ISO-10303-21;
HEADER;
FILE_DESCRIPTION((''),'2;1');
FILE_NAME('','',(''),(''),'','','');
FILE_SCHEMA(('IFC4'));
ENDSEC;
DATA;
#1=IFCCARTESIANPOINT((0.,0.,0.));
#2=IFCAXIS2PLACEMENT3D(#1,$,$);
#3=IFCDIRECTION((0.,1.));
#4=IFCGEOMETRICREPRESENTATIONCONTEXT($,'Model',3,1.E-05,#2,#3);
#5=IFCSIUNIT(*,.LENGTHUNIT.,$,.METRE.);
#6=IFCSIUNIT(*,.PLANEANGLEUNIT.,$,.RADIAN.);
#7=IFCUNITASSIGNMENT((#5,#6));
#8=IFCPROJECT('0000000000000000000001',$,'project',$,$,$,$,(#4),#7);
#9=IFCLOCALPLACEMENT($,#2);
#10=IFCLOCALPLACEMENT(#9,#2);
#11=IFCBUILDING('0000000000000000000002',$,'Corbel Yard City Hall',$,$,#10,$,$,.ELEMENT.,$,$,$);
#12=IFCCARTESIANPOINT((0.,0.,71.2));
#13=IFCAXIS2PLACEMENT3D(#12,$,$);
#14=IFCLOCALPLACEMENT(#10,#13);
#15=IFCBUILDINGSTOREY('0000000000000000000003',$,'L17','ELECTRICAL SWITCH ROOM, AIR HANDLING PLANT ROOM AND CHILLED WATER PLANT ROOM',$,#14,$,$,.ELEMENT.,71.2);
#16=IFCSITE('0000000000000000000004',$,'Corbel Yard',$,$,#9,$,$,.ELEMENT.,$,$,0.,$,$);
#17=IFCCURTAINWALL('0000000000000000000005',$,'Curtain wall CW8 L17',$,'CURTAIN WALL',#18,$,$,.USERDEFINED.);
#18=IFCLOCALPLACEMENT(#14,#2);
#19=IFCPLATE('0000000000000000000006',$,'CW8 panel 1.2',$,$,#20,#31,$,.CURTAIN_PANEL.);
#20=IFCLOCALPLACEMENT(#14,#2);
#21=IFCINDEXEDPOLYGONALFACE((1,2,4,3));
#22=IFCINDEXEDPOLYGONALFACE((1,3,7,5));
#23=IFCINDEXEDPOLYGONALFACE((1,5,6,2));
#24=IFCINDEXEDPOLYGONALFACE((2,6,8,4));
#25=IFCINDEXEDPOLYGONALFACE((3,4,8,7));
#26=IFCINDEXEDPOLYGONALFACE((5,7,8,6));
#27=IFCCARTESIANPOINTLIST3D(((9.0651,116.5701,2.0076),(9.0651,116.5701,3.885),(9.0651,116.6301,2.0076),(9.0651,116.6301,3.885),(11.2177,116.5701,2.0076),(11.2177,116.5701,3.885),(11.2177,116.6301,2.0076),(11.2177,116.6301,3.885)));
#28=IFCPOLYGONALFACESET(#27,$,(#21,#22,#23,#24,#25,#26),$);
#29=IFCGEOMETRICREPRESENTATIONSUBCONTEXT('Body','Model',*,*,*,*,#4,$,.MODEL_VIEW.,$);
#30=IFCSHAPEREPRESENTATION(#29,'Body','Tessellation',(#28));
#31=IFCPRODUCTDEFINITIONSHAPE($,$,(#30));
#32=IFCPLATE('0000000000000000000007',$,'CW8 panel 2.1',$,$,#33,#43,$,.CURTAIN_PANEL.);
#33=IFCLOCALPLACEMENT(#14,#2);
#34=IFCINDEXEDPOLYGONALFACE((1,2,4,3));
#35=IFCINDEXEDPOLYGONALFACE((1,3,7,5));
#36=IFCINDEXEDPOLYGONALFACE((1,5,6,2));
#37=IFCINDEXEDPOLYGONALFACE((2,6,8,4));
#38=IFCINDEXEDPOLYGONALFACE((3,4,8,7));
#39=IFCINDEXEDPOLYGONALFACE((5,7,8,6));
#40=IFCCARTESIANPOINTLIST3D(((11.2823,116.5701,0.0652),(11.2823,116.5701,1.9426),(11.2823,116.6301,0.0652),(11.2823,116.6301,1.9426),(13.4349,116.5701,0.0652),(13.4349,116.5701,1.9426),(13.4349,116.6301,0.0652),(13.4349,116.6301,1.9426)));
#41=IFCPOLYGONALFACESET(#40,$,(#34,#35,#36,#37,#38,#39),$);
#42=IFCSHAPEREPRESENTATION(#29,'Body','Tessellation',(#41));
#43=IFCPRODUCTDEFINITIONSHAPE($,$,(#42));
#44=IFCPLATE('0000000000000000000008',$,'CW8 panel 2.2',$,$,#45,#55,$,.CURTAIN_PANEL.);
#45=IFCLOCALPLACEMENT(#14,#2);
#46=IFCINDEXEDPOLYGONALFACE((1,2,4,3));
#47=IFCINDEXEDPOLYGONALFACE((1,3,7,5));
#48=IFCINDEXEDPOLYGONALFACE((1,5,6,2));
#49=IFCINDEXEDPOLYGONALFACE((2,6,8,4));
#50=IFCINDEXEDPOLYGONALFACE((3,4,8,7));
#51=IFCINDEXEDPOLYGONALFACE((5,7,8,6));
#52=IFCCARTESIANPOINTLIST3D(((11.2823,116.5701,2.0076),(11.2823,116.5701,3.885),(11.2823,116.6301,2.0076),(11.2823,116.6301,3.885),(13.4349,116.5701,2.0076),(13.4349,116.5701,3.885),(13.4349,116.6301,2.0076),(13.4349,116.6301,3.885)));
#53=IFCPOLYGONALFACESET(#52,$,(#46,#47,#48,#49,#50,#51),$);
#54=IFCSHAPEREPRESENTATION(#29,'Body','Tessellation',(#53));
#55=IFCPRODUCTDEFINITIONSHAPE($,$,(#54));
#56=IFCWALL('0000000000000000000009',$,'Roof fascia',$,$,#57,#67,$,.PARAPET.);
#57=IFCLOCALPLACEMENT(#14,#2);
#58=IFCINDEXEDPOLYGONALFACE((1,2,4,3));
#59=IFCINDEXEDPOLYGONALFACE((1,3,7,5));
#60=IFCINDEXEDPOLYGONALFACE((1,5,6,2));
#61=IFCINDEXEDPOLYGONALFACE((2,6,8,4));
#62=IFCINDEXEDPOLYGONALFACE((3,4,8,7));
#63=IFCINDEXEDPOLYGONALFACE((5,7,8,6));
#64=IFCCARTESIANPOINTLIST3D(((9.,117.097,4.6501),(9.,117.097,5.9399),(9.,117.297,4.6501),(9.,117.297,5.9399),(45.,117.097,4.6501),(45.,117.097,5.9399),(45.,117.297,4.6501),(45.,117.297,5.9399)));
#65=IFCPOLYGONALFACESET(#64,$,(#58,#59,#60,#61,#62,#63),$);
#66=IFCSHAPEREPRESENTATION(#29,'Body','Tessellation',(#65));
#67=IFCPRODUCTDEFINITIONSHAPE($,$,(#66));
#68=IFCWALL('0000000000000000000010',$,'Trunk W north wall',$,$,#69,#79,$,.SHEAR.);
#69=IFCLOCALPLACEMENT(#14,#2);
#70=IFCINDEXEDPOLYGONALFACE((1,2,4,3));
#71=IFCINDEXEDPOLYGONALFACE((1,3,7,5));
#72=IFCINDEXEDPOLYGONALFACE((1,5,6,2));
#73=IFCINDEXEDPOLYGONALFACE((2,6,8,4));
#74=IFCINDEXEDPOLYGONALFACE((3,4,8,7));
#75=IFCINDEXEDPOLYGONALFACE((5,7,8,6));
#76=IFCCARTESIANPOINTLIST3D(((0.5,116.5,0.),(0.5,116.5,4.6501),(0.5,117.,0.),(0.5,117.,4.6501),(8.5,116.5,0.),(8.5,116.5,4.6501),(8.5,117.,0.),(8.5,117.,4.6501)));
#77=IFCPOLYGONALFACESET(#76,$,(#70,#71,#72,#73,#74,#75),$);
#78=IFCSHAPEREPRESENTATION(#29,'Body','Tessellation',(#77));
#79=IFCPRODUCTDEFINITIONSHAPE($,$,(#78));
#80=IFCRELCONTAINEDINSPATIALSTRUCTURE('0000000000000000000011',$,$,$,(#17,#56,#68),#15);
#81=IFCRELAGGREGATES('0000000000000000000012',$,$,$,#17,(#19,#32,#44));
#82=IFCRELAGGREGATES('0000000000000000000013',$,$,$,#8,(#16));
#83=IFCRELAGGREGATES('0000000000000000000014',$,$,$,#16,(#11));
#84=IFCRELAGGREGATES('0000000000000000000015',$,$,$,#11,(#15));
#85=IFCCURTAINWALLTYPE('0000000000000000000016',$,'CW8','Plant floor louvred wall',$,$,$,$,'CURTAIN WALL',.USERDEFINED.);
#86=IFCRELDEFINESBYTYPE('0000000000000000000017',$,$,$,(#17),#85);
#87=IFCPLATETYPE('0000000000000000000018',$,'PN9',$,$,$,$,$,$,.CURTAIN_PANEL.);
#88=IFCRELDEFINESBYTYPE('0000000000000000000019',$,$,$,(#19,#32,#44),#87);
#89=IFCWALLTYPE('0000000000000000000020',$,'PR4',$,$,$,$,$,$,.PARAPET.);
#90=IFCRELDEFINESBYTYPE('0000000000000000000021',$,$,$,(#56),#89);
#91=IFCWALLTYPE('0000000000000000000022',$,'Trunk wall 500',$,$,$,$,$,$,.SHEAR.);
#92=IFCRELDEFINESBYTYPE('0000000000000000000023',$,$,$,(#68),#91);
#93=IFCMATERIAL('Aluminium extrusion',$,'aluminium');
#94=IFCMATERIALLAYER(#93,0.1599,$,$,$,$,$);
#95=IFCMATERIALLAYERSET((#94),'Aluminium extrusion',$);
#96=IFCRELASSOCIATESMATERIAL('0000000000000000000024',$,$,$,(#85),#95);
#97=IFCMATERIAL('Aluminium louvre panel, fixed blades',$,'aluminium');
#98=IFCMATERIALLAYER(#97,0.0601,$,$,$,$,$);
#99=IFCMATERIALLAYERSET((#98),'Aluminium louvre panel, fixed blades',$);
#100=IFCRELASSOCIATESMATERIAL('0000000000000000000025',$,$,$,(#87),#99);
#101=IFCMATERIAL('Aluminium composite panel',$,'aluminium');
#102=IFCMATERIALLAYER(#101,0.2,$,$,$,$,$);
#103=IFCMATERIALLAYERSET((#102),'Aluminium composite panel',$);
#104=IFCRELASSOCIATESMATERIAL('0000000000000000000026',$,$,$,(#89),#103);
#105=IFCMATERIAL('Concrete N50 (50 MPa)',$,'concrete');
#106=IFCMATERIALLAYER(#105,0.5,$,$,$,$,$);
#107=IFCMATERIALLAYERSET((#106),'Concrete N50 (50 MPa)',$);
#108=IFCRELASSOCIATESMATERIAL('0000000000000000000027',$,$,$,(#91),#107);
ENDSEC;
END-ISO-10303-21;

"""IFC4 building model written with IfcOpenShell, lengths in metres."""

from ifc_helpers import new_model, si_unit, direction, frame, frame_2d, origin, origin_2d, place, context, subcontext, project, spatial, rectangle, extrude, material, layer, layer_set, type_object, element, aggregate, save


model = new_model("IFC4")

# Units and contexts
model_context = context("Model", 3, precision=1e-05, world=origin(), true_north=direction((0.0, 1.0)))
body_context = subcontext(model_context, "Body", "Model", "MODEL_VIEW")
ifc_project = project(units=[si_unit("LENGTHUNIT", "METRE"), si_unit("PLANEANGLEUNIT", "RADIAN")], contexts=[model_context])

# Site, building, storey
site_placement = place(None, origin())
site = spatial("IfcSite", under=ifc_project, at=site_placement, Name="Corbel Yard", CompositionType="ELEMENT", RefElevation=0.0)
building_placement = place(site_placement, origin())
building = spatial("IfcBuilding", under=site, at=building_placement, Name="Corbel Yard City Hall", CompositionType="ELEMENT")
storey_placement = place(building_placement, frame((0.0, 0.0, 71.2)))
storey = spatial("IfcBuildingStorey", under=building, at=storey_placement, Name="L17", Description="ELECTRICAL SWITCH ROOM, AIR HANDLING PLANT ROOM AND CHILLED WATER PLANT ROOM", CompositionType="ELEMENT", Elevation=71.2)

# Curtain wall
ifc_material_1 = material(Name="Aluminium extrusion", Category="aluminium")
ifc_layer_1 = layer(ifc_material_1, 0.1599)
ifc_layer_set_1 = layer_set([ifc_layer_1], Name="Aluminium extrusion")
curtain_wall_type = type_object("IfcCurtainWallType", Name="CW8", Description="Plant floor louvred wall", ElementType="CURTAIN WALL", PredefinedType="USERDEFINED", material=ifc_layer_set_1)
curtain_wall_1_placement = place(storey_placement, origin())
curtain_wall_1 = element("IfcCurtainWall", 1, at=curtain_wall_1_placement, inside=storey, type_object=curtain_wall_type, Name="Curtain wall CW8 L17", ObjectType="CURTAIN WALL", PredefinedType="USERDEFINED")

# Plates
ifc_material_2 = material(Name="Aluminium louvre panel, fixed blades", Category="aluminium")
ifc_layer_2 = layer(ifc_material_2, 0.0601)
ifc_layer_set_2 = layer_set([ifc_layer_2], Name="Aluminium louvre panel, fixed blades")
plate_type_1 = type_object("IfcPlateType", Name="PN9", PredefinedType="CURTAIN_PANEL", material=ifc_layer_set_2)
plate_1_placement = place(storey_placement, frame((10.1414, 116.6001, 2.0076), z_axis=(0.0, 0.0, 1.0), x_axis=(1.0, 0.0, 0.0)))
plate_1 = element("IfcPlate", 2, at=plate_1_placement, type_object=plate_type_1, Name="CW8 panel 1.2", PredefinedType="CURTAIN_PANEL", context=body_context, shape_type="SweptSolid", body=[
    extrude(rectangle(XDim=2.1526, YDim=0.0601, at=origin_2d()), origin(), (0.0, 0.0, 1.0), 1.8774),
])
plate_2_placement = place(storey_placement, frame((12.3586, 116.6001, 0.0652), z_axis=(0.0, 0.0, 1.0), x_axis=(1.0, 0.0, 0.0)))
plate_2 = element("IfcPlate", 3, at=plate_2_placement, type_object=plate_type_1, Name="CW8 panel 2.1", PredefinedType="CURTAIN_PANEL", context=body_context, shape_type="SweptSolid", body=[
    extrude(rectangle(XDim=2.1526, YDim=0.0601, at=origin_2d()), origin(), (0.0, 0.0, 1.0), 1.8774),
])
plate_3_placement = place(storey_placement, frame((12.3586, 116.6001, 2.0076), z_axis=(0.0, 0.0, 1.0), x_axis=(1.0, 0.0, 0.0)))
plate_3 = element("IfcPlate", 4, at=plate_3_placement, type_object=plate_type_1, Name="CW8 panel 2.2", PredefinedType="CURTAIN_PANEL", context=body_context, shape_type="SweptSolid", body=[
    extrude(rectangle(XDim=2.1526, YDim=0.0601, at=origin_2d()), origin(), (0.0, 0.0, 1.0), 1.8774),
])
aggregate(curtain_wall_1, [plate_1, plate_2, plate_3])

# Walls
ifc_material_3 = material(Name="Aluminium composite panel", Category="aluminium")
ifc_layer_3 = layer(ifc_material_3, 0.2)
ifc_layer_set_3 = layer_set([ifc_layer_3], Name="Aluminium composite panel")
wall_type_1 = type_object("IfcWallType", Name="PR4", PredefinedType="PARAPET", material=ifc_layer_set_3)
wall_1_placement = place(storey_placement, frame((9.0, 117.197, 4.6501), z_axis=(0.0, 0.0, 1.0), x_axis=(1.0, 0.0, 0.0)))
element("IfcWall", 5, at=wall_1_placement, inside=storey, type_object=wall_type_1, Name="Roof fascia", PredefinedType="PARAPET", context=body_context, shape_type="SweptSolid", body=[
    extrude(rectangle(XDim=36.0, YDim=0.2, at=frame_2d((18.0, 0.0))), origin(), (0.0, 0.0, 1.0), 1.2898),
])
ifc_material_4 = material(Name="Concrete N50 (50 MPa)", Category="concrete")
ifc_layer_4 = layer(ifc_material_4, 0.5)
ifc_layer_set_4 = layer_set([ifc_layer_4], Name="Concrete N50 (50 MPa)")
wall_type_2 = type_object("IfcWallType", Name="Trunk wall 500", PredefinedType="SHEAR", material=ifc_layer_set_4)
wall_2_placement = place(storey_placement, frame((0.5, 116.75, 0.0), z_axis=(0.0, 0.0, 1.0), x_axis=(1.0, 0.0, 0.0)))
element("IfcWall", 6, at=wall_2_placement, inside=storey, type_object=wall_type_2, Name="Trunk W north wall", PredefinedType="SHEAR", context=body_context, shape_type="SweptSolid", body=[
    extrude(rectangle(XDim=8.0, YDim=0.5, at=frame_2d((4.0, 0.0))), origin(), (0.0, 0.0, 1.0), 4.6501),
])

save(model, "model.ifc")
